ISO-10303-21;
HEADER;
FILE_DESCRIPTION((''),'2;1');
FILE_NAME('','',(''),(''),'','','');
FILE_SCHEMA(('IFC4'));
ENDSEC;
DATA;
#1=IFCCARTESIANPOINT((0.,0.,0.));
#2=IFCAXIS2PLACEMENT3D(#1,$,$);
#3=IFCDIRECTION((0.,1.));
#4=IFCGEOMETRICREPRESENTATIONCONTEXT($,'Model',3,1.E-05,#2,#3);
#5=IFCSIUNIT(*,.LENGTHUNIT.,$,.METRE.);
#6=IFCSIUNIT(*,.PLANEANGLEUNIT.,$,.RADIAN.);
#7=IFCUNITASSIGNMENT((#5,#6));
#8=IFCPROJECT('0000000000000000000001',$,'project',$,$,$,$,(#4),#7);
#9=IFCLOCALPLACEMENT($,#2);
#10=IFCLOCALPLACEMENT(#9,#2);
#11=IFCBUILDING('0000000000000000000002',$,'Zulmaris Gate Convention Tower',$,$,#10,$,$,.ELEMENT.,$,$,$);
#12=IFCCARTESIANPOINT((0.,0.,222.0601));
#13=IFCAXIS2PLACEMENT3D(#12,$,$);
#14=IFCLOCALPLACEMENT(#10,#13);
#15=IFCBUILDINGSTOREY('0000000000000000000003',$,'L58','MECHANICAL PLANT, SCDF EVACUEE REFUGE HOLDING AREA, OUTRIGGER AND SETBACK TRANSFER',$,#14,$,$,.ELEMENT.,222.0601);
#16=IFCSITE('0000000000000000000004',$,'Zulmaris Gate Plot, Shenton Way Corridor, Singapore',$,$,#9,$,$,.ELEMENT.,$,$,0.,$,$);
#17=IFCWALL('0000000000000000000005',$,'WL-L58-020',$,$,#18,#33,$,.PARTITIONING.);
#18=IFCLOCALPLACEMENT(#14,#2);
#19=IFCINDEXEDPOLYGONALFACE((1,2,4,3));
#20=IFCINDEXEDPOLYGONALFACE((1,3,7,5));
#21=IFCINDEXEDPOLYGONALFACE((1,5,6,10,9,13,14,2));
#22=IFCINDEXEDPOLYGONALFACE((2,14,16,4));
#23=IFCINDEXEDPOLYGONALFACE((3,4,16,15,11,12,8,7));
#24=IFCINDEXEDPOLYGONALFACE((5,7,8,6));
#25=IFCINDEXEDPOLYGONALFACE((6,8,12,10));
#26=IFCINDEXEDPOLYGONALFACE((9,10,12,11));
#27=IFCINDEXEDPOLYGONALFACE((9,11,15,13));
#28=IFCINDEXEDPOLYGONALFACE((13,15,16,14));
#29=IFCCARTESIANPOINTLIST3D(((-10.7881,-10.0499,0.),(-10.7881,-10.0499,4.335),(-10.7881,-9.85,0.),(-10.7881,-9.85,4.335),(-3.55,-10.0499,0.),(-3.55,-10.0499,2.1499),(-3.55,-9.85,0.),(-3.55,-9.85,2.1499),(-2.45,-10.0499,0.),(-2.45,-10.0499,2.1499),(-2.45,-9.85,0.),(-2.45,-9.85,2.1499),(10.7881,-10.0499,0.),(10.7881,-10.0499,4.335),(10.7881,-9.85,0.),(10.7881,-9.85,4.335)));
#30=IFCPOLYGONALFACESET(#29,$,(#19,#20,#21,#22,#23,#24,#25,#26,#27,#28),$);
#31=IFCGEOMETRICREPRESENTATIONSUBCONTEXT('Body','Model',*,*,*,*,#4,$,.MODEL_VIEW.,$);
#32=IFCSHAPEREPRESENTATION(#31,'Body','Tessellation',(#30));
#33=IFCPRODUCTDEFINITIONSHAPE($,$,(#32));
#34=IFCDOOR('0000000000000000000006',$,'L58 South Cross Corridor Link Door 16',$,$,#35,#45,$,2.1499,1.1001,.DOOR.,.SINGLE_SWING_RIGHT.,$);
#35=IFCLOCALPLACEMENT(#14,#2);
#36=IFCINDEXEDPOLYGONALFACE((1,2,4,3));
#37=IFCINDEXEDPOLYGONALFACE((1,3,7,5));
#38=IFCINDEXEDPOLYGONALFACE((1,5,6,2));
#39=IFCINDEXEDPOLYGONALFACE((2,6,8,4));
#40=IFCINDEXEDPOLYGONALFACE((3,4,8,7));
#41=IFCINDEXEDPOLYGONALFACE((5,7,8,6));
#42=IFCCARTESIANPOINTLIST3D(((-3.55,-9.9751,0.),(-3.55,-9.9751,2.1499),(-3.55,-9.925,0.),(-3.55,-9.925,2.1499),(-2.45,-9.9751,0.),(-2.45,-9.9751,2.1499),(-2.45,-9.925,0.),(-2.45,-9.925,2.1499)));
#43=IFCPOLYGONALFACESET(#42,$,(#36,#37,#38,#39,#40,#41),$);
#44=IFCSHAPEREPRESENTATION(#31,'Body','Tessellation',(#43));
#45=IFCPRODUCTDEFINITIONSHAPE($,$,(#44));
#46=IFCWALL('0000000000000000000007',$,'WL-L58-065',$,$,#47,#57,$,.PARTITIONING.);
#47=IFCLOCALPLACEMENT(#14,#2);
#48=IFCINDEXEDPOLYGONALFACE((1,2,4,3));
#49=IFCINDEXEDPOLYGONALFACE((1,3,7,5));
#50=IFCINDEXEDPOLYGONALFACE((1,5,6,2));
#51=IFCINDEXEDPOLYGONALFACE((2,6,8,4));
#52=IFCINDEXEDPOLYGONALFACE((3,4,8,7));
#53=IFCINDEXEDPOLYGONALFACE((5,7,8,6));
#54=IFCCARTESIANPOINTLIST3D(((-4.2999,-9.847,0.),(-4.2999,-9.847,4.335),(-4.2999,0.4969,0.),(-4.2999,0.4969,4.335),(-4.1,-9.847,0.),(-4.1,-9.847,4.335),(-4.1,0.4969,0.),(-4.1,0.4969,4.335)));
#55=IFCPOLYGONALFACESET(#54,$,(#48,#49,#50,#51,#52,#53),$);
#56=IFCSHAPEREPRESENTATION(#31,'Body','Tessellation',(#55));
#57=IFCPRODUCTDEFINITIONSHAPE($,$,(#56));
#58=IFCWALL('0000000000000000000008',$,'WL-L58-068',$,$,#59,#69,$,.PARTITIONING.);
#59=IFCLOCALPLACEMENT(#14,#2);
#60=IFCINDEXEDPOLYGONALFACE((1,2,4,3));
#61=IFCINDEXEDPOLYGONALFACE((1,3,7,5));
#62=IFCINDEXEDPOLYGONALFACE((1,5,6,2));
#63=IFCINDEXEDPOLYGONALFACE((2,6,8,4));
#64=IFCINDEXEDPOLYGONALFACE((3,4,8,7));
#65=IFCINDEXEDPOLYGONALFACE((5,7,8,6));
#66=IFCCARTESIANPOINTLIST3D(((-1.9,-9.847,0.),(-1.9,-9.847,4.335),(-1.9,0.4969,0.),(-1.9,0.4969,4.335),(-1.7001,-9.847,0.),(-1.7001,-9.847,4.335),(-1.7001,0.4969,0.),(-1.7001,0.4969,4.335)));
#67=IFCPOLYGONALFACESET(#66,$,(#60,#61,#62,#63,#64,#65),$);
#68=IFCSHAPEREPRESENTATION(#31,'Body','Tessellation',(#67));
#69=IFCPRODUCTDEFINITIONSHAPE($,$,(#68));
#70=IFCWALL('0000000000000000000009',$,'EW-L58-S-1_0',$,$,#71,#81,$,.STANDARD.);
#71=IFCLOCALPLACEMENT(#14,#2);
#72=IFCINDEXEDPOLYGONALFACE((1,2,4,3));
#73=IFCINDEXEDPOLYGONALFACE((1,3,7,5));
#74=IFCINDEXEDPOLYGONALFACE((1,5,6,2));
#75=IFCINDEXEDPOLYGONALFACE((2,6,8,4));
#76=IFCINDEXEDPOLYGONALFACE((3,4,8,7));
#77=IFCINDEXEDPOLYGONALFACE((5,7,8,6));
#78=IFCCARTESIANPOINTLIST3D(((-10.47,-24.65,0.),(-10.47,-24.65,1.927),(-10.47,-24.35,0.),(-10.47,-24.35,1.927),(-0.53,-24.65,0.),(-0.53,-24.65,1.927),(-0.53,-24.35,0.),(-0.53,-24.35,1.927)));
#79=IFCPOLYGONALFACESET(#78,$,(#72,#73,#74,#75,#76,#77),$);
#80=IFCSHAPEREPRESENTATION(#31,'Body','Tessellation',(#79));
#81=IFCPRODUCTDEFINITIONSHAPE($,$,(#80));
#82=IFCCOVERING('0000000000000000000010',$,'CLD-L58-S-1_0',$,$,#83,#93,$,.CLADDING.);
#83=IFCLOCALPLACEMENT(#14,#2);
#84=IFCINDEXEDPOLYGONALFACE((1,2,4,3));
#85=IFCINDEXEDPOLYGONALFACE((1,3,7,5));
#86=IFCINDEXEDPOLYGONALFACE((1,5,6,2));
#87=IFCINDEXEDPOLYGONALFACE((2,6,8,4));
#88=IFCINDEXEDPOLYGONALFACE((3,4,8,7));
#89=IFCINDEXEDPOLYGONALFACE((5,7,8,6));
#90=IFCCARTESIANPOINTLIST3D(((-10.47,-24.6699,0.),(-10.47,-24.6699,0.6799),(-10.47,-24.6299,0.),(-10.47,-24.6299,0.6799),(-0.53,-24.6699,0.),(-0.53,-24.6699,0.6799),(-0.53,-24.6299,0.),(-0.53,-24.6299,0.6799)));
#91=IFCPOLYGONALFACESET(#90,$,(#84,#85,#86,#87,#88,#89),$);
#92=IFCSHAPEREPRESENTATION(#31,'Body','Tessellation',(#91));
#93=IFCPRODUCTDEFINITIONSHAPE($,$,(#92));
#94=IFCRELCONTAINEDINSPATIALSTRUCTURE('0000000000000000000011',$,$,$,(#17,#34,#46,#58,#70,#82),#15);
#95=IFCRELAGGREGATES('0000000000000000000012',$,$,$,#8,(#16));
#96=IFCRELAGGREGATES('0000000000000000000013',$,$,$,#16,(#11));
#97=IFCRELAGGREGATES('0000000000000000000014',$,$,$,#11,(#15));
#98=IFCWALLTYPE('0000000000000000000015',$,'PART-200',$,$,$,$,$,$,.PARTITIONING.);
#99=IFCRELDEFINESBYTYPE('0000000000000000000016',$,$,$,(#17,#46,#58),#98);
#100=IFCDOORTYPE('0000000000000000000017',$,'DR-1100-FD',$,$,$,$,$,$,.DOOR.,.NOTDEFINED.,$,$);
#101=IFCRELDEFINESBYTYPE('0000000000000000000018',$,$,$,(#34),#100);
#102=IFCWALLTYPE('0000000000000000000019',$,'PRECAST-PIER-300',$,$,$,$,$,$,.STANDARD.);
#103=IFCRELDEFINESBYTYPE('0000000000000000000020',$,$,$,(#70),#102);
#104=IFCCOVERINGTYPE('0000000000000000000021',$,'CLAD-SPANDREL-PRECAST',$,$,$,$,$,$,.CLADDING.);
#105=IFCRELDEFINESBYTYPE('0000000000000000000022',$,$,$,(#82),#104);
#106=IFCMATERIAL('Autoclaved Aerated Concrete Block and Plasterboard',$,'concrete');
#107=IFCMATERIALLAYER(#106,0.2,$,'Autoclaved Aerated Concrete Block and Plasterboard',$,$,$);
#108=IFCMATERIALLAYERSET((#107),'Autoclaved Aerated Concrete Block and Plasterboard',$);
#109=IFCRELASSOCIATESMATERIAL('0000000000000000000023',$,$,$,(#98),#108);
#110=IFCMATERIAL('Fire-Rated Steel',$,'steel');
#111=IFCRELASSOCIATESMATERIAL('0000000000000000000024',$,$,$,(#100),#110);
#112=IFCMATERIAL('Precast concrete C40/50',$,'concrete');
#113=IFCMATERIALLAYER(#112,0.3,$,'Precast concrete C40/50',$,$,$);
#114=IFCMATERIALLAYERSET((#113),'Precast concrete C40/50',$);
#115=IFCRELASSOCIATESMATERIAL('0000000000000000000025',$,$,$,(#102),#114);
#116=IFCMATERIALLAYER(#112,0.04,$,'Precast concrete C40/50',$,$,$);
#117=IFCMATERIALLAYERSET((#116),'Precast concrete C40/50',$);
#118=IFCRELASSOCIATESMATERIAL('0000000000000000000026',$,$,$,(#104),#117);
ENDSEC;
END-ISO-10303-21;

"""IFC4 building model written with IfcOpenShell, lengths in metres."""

from ifc_helpers import new_model, si_unit, direction, frame, frame_2d, origin, place, context, subcontext, project, spatial, rectangle, extrude, material, layer, layer_set, type_object, element, fill, save


model = new_model("IFC4")

# Units and contexts
model_context = context("Model", 3, precision=1e-05, world=origin(), true_north=direction((0.0, 1.0)))
body_context = subcontext(model_context, "Body", "Model", "MODEL_VIEW")
ifc_project = project(units=[si_unit("LENGTHUNIT", "METRE"), si_unit("PLANEANGLEUNIT", "RADIAN")], contexts=[model_context])

# Site, building, storey
site_placement = place(None, origin())
site = spatial("IfcSite", under=ifc_project, at=site_placement, Name="Zulmaris Gate Plot, Shenton Way Corridor, Singapore", CompositionType="ELEMENT", RefElevation=0.0)
building_placement = place(site_placement, origin())
building = spatial("IfcBuilding", under=site, at=building_placement, Name="Zulmaris Gate Convention Tower", CompositionType="ELEMENT")
storey_placement = place(building_placement, frame((0.0, 0.0, 222.0601)))
storey = spatial("IfcBuildingStorey", under=building, at=storey_placement, Name="L58", Description="MECHANICAL PLANT, SCDF EVACUEE REFUGE HOLDING AREA, OUTRIGGER AND SETBACK TRANSFER", CompositionType="ELEMENT", Elevation=222.0601)

# Wall, opening, door
ifc_material_1 = material(Name="Autoclaved Aerated Concrete Block and Plasterboard", Category="concrete")
ifc_layer_1 = layer(ifc_material_1, 0.2, Name="Autoclaved Aerated Concrete Block and Plasterboard")
ifc_layer_set_1 = layer_set([ifc_layer_1], Name="Autoclaved Aerated Concrete Block and Plasterboard")
wall_type_1 = type_object("IfcWallType", Name="PART-200", PredefinedType="PARTITIONING", material=ifc_layer_set_1)
wall_1_placement = place(storey_placement, frame((-10.7881, -9.95, 0.0), z_axis=(0.0, 0.0, 1.0), x_axis=(1.0, 0.0, 0.0)))
wall_1 = element("IfcWall", 1, at=wall_1_placement, inside=storey, type_object=wall_type_1, Name="WL-L58-020", PredefinedType="PARTITIONING", context=body_context, shape_type="SweptSolid", body=[
    extrude(rectangle(XDim=21.5762, YDim=0.2, at=frame_2d((10.7881, 0.0))), origin(), (0.0, 0.0, 1.0), 4.335),
])
opening_placement = place(wall_1_placement, frame((7.238, 0.0, 0.0)))
opening = element("IfcOpeningElement", 2, at=opening_placement, cuts=wall_1, PredefinedType="OPENING", context=body_context, shape_type="SweptSolid", body=[
    extrude(rectangle(XDim=1.1001, YDim=2.1499, at=frame_2d((0.55, 1.075))), frame((0.0, 0.1099, 0.0), z_axis=(0.0, -1.0, 0.0), x_axis=(1.0, 0.0, 0.0)), (0.0, 0.0, 1.0), 0.22),
])
ifc_material_2 = material(Name="Fire-Rated Steel", Category="steel")
door_type = type_object("IfcDoorType", Name="DR-1100-FD", OperationType="NOTDEFINED", PredefinedType="DOOR", material=ifc_material_2)
door_placement = place(opening_placement, origin())
door = element("IfcDoor", 3, at=door_placement, inside=storey, type_object=door_type, Name="L58 South Cross Corridor Link Door 16", OperationType="SINGLE_SWING_RIGHT", OverallHeight=2.1499, OverallWidth=1.1001, PredefinedType="DOOR", context=body_context, shape_type="SweptSolid", body=[
    extrude(rectangle(XDim=1.1001, YDim=2.1499, at=frame_2d((0.55, 1.075))), frame((0.0, 0.0249, 0.0), z_axis=(0.0, -1.0, 0.0), x_axis=(1.0, 0.0, 0.0)), (0.0, 0.0, 1.0), 0.05),
])
fill(opening, door)

# Walls
for number, where, z_axis, x_axis, name in (
    (4, (-4.2, -9.8469, 0.0), (0.0, 0.0, 1.0), (0.0, 1.0, 0.0), "WL-L58-065"),
    (5, (-1.8, -9.8469, 0.0), (0.0, 0.0, 1.0), (0.0, 1.0, 0.0), "WL-L58-068"),
):
    element("IfcWall", number, at=place(storey_placement, frame(where, z_axis=z_axis, x_axis=x_axis)), inside=storey, type_object=wall_type_1, Name=name, PredefinedType="PARTITIONING", context=body_context, shape_type="SweptSolid", body=[
        extrude(rectangle(XDim=10.344, YDim=0.2, at=frame_2d((5.1719, 0.0))), origin(), (0.0, 0.0, 1.0), 4.335),
    ])
ifc_material_3 = material(Name="Precast concrete C40/50", Category="concrete")
ifc_layer_2 = layer(ifc_material_3, 0.3, Name="Precast concrete C40/50")
ifc_layer_set_2 = layer_set([ifc_layer_2], Name="Precast concrete C40/50")
wall_type_2 = type_object("IfcWallType", Name="PRECAST-PIER-300", PredefinedType="STANDARD", material=ifc_layer_set_2)
wall_2_placement = place(storey_placement, frame((-10.47, -24.5, 0.0), z_axis=(0.0, 0.0, 1.0), x_axis=(1.0, 0.0, 0.0)))
element("IfcWall", 6, at=wall_2_placement, inside=storey, type_object=wall_type_2, Name="EW-L58-S-1_0", PredefinedType="STANDARD", context=body_context, shape_type="SweptSolid", body=[
    extrude(rectangle(XDim=9.9399, YDim=0.3, at=frame_2d((4.97, 0.0))), origin(), (0.0, 0.0, 1.0), 1.927),
])

# Covering
ifc_layer_3 = layer(ifc_material_3, 0.04, Name="Precast concrete C40/50")
ifc_layer_set_3 = layer_set([ifc_layer_3], Name="Precast concrete C40/50")
covering_type = type_object("IfcCoveringType", Name="CLAD-SPANDREL-PRECAST", PredefinedType="CLADDING", material=ifc_layer_set_3)
covering_placement = place(storey_placement, frame((-10.47, -24.6499, 0.0), z_axis=(0.0, 0.0, 1.0), x_axis=(1.0, 0.0, 0.0)))
element("IfcCovering", 7, at=covering_placement, inside=storey, type_object=covering_type, Name="CLD-L58-S-1_0", PredefinedType="CLADDING", context=body_context, shape_type="SweptSolid", body=[
    extrude(rectangle(XDim=9.9399, YDim=0.04, at=frame_2d((4.97, 0.0))), origin(), (0.0, 0.0, 1.0), 0.6799),
])

save(model, "model.ifc")
